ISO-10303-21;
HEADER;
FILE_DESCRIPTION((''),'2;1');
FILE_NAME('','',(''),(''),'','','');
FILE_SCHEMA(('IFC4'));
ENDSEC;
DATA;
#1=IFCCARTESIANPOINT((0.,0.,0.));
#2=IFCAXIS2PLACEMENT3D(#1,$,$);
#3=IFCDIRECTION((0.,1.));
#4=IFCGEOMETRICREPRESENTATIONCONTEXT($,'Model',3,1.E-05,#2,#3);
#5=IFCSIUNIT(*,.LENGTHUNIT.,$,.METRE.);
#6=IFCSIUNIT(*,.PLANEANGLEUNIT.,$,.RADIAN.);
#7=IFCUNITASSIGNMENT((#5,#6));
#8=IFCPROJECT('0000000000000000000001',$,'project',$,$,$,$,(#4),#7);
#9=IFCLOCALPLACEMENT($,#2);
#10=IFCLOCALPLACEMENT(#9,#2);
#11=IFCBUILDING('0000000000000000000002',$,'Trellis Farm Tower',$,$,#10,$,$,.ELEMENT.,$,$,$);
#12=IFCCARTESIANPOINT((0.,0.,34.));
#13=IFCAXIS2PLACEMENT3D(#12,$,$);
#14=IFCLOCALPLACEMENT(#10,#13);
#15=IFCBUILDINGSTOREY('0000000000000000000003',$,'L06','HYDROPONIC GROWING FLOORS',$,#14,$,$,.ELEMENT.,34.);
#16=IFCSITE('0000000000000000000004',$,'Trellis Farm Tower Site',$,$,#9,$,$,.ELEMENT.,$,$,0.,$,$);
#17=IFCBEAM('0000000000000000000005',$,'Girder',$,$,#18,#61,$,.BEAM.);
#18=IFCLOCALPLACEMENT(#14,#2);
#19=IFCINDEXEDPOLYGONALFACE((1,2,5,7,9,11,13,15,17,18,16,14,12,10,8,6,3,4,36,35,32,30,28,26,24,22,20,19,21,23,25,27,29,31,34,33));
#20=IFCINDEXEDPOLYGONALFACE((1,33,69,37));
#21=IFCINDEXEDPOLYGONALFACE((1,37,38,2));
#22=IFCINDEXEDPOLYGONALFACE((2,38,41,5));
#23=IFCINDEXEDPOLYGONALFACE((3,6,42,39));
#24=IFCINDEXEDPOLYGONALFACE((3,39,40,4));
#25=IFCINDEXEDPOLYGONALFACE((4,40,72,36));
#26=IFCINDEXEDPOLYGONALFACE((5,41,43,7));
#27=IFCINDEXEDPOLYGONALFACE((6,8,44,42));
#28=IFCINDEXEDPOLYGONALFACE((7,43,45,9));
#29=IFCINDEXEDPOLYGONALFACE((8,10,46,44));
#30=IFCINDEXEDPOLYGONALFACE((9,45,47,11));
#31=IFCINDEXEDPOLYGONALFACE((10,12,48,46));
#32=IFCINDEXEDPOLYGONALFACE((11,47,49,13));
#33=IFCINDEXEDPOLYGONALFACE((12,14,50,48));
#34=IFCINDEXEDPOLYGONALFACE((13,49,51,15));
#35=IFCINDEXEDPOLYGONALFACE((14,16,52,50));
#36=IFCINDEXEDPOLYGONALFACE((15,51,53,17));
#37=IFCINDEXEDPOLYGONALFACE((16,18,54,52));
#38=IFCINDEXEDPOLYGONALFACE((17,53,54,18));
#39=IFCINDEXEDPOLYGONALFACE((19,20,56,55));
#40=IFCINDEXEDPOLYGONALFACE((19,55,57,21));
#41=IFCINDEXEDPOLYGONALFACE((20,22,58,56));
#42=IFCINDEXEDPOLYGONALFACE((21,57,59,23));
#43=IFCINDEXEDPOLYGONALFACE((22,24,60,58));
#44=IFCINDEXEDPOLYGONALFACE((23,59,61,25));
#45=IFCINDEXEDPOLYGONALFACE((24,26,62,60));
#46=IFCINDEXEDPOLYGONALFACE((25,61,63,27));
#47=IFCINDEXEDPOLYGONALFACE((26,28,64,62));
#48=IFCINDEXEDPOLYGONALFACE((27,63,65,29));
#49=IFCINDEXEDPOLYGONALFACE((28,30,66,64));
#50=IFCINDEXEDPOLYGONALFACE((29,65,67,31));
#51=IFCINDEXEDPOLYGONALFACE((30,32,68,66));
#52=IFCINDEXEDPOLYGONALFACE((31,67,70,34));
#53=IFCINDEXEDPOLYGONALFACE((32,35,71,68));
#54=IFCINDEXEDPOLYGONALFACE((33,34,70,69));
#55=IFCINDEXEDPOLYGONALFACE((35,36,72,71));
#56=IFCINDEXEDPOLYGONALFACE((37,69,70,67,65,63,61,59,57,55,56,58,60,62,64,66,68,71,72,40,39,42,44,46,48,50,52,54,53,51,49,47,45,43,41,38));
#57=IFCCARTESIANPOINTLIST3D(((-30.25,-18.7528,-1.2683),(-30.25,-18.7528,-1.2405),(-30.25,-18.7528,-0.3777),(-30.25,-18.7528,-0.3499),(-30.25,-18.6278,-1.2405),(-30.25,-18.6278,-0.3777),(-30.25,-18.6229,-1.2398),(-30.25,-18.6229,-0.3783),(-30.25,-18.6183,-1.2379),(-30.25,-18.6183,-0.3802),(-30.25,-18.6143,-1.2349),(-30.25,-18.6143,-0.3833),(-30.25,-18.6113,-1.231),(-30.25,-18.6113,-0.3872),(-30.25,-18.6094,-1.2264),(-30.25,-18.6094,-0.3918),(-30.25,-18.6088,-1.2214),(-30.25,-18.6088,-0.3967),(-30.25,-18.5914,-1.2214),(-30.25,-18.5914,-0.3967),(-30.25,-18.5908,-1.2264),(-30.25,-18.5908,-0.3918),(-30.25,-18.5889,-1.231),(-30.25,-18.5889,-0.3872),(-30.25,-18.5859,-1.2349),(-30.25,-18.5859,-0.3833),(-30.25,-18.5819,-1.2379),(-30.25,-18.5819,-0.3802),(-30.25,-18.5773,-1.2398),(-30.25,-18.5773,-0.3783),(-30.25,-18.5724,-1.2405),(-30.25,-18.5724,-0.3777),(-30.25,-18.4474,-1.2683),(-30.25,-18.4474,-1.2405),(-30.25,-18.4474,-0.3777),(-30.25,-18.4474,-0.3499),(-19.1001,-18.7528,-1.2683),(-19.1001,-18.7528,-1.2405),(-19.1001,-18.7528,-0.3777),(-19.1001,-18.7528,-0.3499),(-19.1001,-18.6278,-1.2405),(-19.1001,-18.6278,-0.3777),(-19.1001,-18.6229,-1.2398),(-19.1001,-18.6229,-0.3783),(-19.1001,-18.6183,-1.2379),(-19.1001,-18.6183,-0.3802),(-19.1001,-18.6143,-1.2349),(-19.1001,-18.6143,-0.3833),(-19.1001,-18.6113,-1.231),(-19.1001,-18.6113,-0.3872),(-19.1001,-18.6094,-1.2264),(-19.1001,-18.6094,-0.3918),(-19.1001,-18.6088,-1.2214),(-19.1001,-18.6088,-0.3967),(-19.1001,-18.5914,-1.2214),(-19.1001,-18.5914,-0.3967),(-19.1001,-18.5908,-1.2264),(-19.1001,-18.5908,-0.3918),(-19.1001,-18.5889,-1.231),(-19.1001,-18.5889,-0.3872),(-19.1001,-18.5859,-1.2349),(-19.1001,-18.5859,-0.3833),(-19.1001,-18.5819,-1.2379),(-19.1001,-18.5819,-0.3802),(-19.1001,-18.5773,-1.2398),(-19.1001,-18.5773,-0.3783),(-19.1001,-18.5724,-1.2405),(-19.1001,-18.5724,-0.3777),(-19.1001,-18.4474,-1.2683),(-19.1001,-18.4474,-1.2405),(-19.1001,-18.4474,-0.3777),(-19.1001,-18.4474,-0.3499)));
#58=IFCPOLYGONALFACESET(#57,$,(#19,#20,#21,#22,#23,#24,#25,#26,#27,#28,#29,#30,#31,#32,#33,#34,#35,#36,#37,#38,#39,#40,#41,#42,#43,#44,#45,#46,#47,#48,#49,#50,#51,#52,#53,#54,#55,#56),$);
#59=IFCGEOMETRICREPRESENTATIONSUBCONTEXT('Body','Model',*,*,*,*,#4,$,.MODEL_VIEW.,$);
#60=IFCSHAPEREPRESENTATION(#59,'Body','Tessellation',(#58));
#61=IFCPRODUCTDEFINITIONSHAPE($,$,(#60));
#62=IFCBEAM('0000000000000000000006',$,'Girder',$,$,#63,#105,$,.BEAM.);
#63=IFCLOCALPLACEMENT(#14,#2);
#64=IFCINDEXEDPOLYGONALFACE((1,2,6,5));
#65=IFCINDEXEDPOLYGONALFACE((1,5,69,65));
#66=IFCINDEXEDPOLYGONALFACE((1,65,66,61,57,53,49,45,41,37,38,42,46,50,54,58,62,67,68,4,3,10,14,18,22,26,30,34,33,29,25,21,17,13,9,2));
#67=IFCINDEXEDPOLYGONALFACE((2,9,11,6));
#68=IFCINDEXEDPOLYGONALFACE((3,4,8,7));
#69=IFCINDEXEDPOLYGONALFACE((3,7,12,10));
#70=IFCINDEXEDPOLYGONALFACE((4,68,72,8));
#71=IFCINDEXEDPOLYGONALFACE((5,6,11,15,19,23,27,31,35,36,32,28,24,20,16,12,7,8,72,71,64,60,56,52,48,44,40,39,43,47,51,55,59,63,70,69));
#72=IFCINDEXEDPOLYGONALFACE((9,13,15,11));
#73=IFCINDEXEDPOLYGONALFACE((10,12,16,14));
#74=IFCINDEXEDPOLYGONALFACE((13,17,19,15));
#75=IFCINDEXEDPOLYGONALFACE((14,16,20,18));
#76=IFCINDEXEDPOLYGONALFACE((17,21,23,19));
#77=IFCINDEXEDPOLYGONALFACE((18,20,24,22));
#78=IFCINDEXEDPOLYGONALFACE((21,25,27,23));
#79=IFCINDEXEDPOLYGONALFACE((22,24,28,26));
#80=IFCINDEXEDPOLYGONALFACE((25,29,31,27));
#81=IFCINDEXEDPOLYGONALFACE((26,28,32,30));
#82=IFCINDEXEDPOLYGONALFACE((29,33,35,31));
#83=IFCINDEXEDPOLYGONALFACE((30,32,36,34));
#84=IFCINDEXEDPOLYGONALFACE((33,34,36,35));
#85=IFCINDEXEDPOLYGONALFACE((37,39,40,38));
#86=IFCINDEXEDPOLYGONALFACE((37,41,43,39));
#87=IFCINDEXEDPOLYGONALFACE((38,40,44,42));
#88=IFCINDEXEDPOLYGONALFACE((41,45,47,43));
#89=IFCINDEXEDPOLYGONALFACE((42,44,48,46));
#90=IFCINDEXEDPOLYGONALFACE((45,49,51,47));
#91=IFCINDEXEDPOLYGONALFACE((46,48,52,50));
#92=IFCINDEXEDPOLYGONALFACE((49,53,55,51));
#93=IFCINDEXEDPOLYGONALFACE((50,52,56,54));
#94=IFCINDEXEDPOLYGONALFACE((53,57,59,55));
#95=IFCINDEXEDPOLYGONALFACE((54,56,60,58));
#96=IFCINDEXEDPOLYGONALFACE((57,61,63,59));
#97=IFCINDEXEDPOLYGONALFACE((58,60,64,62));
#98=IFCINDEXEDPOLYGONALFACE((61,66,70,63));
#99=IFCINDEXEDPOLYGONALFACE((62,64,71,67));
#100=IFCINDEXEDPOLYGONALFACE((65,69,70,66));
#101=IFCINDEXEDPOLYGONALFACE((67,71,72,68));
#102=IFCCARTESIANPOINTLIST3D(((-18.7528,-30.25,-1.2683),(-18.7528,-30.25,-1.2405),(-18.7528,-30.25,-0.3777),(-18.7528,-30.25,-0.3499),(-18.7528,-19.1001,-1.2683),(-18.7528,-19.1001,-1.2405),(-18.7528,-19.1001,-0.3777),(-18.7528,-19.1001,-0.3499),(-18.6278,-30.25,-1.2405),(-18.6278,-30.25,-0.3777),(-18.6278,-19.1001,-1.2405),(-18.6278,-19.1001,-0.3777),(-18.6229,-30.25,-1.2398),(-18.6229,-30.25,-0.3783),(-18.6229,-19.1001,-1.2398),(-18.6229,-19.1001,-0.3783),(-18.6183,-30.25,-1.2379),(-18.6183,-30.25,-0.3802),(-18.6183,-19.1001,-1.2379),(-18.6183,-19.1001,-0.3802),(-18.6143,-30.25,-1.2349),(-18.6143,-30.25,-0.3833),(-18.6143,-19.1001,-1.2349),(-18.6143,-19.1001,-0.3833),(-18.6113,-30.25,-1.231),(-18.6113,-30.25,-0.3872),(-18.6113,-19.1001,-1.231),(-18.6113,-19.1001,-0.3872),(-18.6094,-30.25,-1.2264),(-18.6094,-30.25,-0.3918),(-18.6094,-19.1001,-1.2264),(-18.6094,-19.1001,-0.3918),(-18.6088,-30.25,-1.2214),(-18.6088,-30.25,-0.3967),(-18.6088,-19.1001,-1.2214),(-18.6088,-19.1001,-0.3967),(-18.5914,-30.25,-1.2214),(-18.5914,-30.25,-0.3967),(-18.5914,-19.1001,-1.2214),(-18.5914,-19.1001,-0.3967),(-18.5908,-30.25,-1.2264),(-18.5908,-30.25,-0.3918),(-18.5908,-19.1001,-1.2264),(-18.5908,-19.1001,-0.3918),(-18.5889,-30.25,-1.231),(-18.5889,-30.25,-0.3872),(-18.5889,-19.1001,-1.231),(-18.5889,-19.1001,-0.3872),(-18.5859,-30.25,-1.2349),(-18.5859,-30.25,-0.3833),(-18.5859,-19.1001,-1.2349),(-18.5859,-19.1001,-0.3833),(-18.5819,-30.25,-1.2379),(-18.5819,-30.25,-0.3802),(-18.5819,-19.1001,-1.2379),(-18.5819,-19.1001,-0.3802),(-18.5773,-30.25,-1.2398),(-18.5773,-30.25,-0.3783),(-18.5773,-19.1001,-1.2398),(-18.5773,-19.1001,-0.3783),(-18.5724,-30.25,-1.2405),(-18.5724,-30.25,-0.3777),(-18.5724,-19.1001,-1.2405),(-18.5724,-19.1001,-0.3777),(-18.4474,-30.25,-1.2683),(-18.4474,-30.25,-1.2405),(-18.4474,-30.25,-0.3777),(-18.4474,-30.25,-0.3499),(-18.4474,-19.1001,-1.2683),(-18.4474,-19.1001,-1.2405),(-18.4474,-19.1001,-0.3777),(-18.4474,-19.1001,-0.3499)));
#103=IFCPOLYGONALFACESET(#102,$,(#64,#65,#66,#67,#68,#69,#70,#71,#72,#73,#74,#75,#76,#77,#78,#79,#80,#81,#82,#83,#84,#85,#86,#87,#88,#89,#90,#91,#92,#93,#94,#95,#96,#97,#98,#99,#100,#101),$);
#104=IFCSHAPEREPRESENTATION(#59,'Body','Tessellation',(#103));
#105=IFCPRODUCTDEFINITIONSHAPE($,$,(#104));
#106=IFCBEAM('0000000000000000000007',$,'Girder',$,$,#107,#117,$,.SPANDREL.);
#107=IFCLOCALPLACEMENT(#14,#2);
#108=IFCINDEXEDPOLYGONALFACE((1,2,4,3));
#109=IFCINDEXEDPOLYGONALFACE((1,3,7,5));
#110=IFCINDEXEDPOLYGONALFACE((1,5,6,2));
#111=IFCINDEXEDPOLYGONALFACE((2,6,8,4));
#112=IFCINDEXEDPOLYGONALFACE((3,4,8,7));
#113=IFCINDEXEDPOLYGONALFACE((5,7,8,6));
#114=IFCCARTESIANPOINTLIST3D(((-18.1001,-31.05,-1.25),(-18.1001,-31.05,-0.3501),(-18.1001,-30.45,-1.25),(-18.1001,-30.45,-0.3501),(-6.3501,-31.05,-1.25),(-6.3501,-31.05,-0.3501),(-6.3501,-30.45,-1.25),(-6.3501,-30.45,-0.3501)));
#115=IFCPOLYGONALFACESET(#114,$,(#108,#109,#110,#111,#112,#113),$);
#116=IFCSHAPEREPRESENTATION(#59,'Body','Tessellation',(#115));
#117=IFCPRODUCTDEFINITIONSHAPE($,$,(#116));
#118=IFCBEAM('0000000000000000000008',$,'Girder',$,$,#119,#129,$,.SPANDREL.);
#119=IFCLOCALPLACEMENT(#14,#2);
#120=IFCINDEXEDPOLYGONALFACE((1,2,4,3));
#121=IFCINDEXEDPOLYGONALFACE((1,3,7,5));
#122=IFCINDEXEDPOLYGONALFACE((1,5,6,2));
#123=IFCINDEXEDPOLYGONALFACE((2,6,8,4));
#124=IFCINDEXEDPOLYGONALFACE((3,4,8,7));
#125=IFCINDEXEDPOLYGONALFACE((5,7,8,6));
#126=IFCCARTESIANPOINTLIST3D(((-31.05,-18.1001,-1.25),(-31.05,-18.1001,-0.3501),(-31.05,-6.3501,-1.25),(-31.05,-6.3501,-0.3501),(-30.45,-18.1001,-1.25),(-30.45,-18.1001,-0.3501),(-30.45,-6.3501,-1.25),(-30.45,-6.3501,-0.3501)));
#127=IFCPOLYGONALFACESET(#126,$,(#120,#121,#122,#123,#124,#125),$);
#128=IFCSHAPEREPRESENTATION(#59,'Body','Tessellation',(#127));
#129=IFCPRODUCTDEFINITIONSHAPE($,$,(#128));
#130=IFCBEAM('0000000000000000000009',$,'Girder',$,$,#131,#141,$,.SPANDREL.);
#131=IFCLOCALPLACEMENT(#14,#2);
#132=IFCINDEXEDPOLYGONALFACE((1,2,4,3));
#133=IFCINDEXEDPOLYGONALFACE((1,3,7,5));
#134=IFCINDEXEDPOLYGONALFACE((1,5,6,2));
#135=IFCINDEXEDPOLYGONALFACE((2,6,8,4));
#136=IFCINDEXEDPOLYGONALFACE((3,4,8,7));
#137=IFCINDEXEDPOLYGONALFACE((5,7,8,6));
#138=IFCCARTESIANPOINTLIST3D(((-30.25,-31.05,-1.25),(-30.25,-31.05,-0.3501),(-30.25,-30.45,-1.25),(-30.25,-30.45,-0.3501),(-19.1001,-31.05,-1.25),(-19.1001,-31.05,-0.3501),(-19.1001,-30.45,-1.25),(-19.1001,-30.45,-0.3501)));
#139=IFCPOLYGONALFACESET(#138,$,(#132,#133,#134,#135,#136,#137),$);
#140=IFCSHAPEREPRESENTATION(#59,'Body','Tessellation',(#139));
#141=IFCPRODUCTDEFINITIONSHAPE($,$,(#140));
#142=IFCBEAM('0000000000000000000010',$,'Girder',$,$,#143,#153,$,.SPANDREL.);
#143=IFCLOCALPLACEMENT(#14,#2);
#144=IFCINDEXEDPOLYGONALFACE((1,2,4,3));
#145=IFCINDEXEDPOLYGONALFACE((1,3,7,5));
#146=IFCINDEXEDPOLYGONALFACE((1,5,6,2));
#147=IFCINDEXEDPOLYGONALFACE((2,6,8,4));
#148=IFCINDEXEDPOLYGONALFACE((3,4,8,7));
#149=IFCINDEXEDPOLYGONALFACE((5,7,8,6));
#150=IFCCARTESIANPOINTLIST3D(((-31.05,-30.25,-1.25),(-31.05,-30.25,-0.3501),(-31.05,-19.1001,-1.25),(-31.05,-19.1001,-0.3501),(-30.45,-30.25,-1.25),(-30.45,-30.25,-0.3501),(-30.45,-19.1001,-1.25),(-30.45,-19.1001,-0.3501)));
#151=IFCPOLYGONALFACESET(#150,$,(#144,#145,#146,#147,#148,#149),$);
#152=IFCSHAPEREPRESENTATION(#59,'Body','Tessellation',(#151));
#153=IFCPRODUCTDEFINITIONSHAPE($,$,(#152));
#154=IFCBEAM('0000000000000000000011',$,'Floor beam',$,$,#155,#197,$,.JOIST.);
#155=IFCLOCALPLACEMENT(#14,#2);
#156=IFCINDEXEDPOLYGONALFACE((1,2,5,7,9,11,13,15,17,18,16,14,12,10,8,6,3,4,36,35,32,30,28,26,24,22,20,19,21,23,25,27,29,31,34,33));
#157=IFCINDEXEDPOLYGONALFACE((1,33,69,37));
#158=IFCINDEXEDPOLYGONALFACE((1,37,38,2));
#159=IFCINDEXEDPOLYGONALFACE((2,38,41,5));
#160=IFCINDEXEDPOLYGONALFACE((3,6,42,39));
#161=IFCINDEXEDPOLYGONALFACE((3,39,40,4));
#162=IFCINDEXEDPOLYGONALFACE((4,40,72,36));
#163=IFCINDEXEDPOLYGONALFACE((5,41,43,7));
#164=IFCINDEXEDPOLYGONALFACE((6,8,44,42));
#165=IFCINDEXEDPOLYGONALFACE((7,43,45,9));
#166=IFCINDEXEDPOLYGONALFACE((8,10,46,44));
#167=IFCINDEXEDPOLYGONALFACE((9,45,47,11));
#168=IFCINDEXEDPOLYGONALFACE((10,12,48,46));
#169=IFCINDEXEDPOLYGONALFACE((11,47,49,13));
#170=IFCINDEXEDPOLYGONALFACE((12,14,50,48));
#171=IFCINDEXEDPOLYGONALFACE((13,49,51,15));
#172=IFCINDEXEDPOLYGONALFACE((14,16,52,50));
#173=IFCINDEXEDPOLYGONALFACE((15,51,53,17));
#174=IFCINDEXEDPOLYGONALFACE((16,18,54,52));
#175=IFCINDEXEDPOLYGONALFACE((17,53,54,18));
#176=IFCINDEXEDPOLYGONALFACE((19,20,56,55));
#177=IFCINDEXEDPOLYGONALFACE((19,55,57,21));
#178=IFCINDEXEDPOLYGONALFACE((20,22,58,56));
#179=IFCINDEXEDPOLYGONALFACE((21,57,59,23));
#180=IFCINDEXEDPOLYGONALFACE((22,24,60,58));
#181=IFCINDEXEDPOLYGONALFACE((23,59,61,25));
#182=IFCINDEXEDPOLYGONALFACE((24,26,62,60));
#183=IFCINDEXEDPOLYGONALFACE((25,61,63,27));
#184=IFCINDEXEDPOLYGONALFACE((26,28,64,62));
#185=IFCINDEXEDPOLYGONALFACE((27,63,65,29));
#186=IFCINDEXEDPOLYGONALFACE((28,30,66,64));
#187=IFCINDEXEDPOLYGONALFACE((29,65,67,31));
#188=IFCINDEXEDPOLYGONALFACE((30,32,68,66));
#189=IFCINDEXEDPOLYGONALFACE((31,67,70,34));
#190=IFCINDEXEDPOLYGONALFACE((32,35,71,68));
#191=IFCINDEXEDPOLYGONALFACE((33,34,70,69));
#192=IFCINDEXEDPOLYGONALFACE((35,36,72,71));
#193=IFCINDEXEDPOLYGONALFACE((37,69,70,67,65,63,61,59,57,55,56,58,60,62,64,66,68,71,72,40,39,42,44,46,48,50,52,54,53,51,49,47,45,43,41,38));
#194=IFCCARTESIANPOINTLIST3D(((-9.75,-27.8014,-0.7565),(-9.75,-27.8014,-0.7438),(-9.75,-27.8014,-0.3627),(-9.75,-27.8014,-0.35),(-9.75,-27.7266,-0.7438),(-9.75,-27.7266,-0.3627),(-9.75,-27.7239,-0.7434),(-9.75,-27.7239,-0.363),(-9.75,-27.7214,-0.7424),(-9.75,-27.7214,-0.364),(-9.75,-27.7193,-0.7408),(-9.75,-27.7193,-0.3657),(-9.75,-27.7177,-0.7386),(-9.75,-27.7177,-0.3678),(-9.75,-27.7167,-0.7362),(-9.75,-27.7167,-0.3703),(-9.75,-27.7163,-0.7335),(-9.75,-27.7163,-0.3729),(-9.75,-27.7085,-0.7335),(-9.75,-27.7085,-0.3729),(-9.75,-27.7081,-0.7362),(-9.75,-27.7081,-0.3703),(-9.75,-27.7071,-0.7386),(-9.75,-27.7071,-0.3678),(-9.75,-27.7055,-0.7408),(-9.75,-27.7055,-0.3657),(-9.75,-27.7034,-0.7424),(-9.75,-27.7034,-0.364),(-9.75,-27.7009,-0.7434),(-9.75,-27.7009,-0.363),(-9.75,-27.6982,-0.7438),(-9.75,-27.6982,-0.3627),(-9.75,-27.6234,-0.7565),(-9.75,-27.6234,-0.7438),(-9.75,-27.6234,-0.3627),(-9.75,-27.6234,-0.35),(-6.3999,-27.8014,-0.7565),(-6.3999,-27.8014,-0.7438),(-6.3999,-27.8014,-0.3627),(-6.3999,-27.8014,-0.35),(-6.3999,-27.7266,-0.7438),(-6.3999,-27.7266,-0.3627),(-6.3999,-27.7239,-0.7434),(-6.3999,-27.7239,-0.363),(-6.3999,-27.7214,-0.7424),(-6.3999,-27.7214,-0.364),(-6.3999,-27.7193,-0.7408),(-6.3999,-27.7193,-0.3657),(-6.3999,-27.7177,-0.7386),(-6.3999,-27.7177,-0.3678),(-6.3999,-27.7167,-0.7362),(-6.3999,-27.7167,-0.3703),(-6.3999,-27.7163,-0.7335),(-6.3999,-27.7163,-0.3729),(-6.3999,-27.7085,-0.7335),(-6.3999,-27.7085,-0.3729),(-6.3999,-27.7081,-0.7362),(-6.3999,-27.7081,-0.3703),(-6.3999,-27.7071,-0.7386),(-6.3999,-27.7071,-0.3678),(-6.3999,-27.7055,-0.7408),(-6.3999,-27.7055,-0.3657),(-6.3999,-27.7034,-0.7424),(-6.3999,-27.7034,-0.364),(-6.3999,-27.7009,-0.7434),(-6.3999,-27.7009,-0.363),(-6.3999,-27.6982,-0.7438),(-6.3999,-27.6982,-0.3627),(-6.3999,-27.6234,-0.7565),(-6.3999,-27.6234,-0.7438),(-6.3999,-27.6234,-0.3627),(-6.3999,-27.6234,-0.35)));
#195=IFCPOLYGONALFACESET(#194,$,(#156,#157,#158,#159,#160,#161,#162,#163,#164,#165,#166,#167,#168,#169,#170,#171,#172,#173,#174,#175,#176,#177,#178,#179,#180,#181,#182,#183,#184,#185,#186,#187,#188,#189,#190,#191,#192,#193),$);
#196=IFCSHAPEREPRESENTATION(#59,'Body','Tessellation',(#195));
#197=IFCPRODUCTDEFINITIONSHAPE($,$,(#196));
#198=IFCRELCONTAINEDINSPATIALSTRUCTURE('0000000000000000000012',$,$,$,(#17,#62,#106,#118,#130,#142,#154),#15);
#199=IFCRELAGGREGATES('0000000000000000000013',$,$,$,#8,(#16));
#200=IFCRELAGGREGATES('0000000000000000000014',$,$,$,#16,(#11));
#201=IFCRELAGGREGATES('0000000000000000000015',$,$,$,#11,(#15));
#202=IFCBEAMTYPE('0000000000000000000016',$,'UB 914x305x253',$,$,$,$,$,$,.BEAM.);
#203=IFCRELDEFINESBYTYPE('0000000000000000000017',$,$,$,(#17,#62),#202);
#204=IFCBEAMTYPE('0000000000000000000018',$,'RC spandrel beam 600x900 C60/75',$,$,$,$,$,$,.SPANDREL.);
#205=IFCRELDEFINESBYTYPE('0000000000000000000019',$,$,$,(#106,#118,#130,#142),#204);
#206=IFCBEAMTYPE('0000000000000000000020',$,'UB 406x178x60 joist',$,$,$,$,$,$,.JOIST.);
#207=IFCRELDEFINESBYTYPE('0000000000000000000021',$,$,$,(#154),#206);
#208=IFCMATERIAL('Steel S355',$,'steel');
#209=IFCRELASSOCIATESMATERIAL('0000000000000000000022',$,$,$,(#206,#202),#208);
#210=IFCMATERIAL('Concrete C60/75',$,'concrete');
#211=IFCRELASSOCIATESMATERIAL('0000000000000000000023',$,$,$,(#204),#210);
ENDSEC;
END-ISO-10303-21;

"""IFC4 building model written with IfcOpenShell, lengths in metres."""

from ifc_helpers import new_model, si_unit, direction, frame, origin, origin_2d, place, context, subcontext, project, spatial, rectangle, i_section, extrude, source, transform, mapped, material, material_profile, profile_set, type_object, element, save


model = new_model("IFC4")

# Units and contexts
model_context = context("Model", 3, precision=1e-05, world=origin(), true_north=direction((0.0, 1.0)))
body_context = subcontext(model_context, "Body", "Model", "MODEL_VIEW")
ifc_project = project(units=[si_unit("LENGTHUNIT", "METRE"), si_unit("PLANEANGLEUNIT", "RADIAN")], contexts=[model_context])

# Site, building, storey
site_placement = place(None, origin())
site = spatial("IfcSite", under=ifc_project, at=site_placement, Name="Trellis Farm Tower Site", CompositionType="ELEMENT", RefElevation=0.0)
building_placement = place(site_placement, origin())
building = spatial("IfcBuilding", under=site, at=building_placement, Name="Trellis Farm Tower", CompositionType="ELEMENT")
storey_placement = place(building_placement, frame((0.0, 0.0, 34.0)))
storey = spatial("IfcBuildingStorey", under=building, at=storey_placement, Name="L06", Description="HYDROPONIC GROWING FLOORS", CompositionType="ELEMENT", Elevation=34.0)

# Beams
ifc_material_1 = material(Name="Steel S355", Category="steel")
ifc_material_profile_1 = material_profile(ifc_material_1, i_section(OverallWidth=0.178, OverallDepth=0.4065, WebThickness=0.0078, FlangeThickness=0.0127, FilletRadius=0.0103, at=origin_2d()), Name="UB 406x178x60")
ifc_profile_set_1 = profile_set([ifc_material_profile_1], Name="Steel S355")
beam_type_1 = type_object("IfcBeamType", Name="UB 406x178x60 joist", PredefinedType="JOIST", material=ifc_profile_set_1)
ifc_material_profile_2 = material_profile(ifc_material_1, i_section(OverallWidth=0.3054, OverallDepth=0.9185, WebThickness=0.0173, FlangeThickness=0.0278, FilletRadius=0.019, at=origin_2d()), Name="UB 914x305x253")
ifc_profile_set_2 = profile_set([ifc_material_profile_2], Name="Steel S355")
beam_type_2 = type_object("IfcBeamType", Name="UB 914x305x253", PredefinedType="BEAM", material=ifc_profile_set_2)
shared_shape_1 = source(origin(), body_context, "Body", "SweptSolid", [
    extrude(i_section(OverallWidth=0.3054, OverallDepth=0.9185, WebThickness=0.0173, FlangeThickness=0.0278, FilletRadius=0.019, at=origin_2d()), origin(), (0.0, 0.0, 1.0), 11.1499),
])
for number, where, z_axis, x_axis, name in (
    (1, (-30.25, -18.6001, -0.8091), (1.0, 0.0, 0.0), (0.0, 1.0, 0.0), "Girder"),
    (2, (-18.6001, -30.25, -0.8091), (0.0, 1.0, 0.0), (-1.0, 0.0, 0.0), "Girder"),
):
    element("IfcBeam", number, at=place(storey_placement, frame(where, z_axis=z_axis, x_axis=x_axis)), inside=storey, type_object=beam_type_2, Name=name, PredefinedType="BEAM", context=body_context, shape_type="MappedRepresentation", body=[
        mapped(shared_shape_1, transform((0.0, 0.0, 0.0))),
    ])
ifc_material_2 = material(Name="Concrete C60/75", Category="concrete")
ifc_material_profile_3 = material_profile(ifc_material_2, rectangle(XDim=0.6001, YDim=0.8999, at=origin_2d()), Name="RC spandrel beam 600x900 C60/75")
ifc_profile_set_3 = profile_set([ifc_material_profile_3], Name="Concrete C60/75")
beam_type_3 = type_object("IfcBeamType", Name="RC spandrel beam 600x900 C60/75", PredefinedType="SPANDREL", material=ifc_profile_set_3)
shared_shape_2 = source(origin(), body_context, "Body", "SweptSolid", [
    extrude(rectangle(XDim=0.6001, YDim=0.8999, at=origin_2d()), origin(), (0.0, 0.0, 1.0), 11.75),
])
for number, where, z_axis, x_axis, name in (
    (3, (-18.1001, -30.75, -0.8), (1.0, 0.0, 0.0), (0.0, 1.0, 0.0), "Girder"),
    (4, (-30.75, -18.1001, -0.8), (0.0, 1.0, 0.0), (-1.0, 0.0, 0.0), "Girder"),
):
    element("IfcBeam", number, at=place(storey_placement, frame(where, z_axis=z_axis, x_axis=x_axis)), inside=storey, type_object=beam_type_3, Name=name, PredefinedType="SPANDREL", context=body_context, shape_type="MappedRepresentation", body=[
        mapped(shared_shape_2, transform((0.0, 0.0, 0.0))),
    ])
shared_shape_3 = source(origin(), body_context, "Body", "SweptSolid", [
    extrude(rectangle(XDim=0.6001, YDim=0.8999, at=origin_2d()), origin(), (0.0, 0.0, 1.0), 11.1499),
])
for number, where, z_axis, x_axis, name in (
    (5, (-30.25, -30.75, -0.8), (1.0, 0.0, 0.0), (0.0, 1.0, 0.0), "Girder"),
    (6, (-30.75, -30.25, -0.8), (0.0, 1.0, 0.0), (-1.0, 0.0, 0.0), "Girder"),
):
    element("IfcBeam", number, at=place(storey_placement, frame(where, z_axis=z_axis, x_axis=x_axis)), inside=storey, type_object=beam_type_3, Name=name, PredefinedType="SPANDREL", context=body_context, shape_type="MappedRepresentation", body=[
        mapped(shared_shape_3, transform((0.0, 0.0, 0.0))),
    ])
shared_shape_4 = source(origin(), body_context, "Body", "SweptSolid", [
    extrude(i_section(OverallWidth=0.178, OverallDepth=0.4065, WebThickness=0.0078, FlangeThickness=0.0127, FilletRadius=0.0103, at=origin_2d()), origin(), (0.0, 0.0, 1.0), 3.3501),
])
for number, where, z_axis, x_axis, name in (
    (7, (-9.75, -27.7124, -0.5532), (1.0, 0.0, 0.0), (0.0, 1.0, 0.0), "Floor beam"),
):
    element("IfcBeam", number, at=place(storey_placement, frame(where, z_axis=z_axis, x_axis=x_axis)), inside=storey, type_object=beam_type_1, Name=name, PredefinedType="JOIST", context=body_context, shape_type="MappedRepresentation", body=[
        mapped(shared_shape_4, transform((0.0, 0.0, 0.0))),
    ])

save(model, "model.ifc")
